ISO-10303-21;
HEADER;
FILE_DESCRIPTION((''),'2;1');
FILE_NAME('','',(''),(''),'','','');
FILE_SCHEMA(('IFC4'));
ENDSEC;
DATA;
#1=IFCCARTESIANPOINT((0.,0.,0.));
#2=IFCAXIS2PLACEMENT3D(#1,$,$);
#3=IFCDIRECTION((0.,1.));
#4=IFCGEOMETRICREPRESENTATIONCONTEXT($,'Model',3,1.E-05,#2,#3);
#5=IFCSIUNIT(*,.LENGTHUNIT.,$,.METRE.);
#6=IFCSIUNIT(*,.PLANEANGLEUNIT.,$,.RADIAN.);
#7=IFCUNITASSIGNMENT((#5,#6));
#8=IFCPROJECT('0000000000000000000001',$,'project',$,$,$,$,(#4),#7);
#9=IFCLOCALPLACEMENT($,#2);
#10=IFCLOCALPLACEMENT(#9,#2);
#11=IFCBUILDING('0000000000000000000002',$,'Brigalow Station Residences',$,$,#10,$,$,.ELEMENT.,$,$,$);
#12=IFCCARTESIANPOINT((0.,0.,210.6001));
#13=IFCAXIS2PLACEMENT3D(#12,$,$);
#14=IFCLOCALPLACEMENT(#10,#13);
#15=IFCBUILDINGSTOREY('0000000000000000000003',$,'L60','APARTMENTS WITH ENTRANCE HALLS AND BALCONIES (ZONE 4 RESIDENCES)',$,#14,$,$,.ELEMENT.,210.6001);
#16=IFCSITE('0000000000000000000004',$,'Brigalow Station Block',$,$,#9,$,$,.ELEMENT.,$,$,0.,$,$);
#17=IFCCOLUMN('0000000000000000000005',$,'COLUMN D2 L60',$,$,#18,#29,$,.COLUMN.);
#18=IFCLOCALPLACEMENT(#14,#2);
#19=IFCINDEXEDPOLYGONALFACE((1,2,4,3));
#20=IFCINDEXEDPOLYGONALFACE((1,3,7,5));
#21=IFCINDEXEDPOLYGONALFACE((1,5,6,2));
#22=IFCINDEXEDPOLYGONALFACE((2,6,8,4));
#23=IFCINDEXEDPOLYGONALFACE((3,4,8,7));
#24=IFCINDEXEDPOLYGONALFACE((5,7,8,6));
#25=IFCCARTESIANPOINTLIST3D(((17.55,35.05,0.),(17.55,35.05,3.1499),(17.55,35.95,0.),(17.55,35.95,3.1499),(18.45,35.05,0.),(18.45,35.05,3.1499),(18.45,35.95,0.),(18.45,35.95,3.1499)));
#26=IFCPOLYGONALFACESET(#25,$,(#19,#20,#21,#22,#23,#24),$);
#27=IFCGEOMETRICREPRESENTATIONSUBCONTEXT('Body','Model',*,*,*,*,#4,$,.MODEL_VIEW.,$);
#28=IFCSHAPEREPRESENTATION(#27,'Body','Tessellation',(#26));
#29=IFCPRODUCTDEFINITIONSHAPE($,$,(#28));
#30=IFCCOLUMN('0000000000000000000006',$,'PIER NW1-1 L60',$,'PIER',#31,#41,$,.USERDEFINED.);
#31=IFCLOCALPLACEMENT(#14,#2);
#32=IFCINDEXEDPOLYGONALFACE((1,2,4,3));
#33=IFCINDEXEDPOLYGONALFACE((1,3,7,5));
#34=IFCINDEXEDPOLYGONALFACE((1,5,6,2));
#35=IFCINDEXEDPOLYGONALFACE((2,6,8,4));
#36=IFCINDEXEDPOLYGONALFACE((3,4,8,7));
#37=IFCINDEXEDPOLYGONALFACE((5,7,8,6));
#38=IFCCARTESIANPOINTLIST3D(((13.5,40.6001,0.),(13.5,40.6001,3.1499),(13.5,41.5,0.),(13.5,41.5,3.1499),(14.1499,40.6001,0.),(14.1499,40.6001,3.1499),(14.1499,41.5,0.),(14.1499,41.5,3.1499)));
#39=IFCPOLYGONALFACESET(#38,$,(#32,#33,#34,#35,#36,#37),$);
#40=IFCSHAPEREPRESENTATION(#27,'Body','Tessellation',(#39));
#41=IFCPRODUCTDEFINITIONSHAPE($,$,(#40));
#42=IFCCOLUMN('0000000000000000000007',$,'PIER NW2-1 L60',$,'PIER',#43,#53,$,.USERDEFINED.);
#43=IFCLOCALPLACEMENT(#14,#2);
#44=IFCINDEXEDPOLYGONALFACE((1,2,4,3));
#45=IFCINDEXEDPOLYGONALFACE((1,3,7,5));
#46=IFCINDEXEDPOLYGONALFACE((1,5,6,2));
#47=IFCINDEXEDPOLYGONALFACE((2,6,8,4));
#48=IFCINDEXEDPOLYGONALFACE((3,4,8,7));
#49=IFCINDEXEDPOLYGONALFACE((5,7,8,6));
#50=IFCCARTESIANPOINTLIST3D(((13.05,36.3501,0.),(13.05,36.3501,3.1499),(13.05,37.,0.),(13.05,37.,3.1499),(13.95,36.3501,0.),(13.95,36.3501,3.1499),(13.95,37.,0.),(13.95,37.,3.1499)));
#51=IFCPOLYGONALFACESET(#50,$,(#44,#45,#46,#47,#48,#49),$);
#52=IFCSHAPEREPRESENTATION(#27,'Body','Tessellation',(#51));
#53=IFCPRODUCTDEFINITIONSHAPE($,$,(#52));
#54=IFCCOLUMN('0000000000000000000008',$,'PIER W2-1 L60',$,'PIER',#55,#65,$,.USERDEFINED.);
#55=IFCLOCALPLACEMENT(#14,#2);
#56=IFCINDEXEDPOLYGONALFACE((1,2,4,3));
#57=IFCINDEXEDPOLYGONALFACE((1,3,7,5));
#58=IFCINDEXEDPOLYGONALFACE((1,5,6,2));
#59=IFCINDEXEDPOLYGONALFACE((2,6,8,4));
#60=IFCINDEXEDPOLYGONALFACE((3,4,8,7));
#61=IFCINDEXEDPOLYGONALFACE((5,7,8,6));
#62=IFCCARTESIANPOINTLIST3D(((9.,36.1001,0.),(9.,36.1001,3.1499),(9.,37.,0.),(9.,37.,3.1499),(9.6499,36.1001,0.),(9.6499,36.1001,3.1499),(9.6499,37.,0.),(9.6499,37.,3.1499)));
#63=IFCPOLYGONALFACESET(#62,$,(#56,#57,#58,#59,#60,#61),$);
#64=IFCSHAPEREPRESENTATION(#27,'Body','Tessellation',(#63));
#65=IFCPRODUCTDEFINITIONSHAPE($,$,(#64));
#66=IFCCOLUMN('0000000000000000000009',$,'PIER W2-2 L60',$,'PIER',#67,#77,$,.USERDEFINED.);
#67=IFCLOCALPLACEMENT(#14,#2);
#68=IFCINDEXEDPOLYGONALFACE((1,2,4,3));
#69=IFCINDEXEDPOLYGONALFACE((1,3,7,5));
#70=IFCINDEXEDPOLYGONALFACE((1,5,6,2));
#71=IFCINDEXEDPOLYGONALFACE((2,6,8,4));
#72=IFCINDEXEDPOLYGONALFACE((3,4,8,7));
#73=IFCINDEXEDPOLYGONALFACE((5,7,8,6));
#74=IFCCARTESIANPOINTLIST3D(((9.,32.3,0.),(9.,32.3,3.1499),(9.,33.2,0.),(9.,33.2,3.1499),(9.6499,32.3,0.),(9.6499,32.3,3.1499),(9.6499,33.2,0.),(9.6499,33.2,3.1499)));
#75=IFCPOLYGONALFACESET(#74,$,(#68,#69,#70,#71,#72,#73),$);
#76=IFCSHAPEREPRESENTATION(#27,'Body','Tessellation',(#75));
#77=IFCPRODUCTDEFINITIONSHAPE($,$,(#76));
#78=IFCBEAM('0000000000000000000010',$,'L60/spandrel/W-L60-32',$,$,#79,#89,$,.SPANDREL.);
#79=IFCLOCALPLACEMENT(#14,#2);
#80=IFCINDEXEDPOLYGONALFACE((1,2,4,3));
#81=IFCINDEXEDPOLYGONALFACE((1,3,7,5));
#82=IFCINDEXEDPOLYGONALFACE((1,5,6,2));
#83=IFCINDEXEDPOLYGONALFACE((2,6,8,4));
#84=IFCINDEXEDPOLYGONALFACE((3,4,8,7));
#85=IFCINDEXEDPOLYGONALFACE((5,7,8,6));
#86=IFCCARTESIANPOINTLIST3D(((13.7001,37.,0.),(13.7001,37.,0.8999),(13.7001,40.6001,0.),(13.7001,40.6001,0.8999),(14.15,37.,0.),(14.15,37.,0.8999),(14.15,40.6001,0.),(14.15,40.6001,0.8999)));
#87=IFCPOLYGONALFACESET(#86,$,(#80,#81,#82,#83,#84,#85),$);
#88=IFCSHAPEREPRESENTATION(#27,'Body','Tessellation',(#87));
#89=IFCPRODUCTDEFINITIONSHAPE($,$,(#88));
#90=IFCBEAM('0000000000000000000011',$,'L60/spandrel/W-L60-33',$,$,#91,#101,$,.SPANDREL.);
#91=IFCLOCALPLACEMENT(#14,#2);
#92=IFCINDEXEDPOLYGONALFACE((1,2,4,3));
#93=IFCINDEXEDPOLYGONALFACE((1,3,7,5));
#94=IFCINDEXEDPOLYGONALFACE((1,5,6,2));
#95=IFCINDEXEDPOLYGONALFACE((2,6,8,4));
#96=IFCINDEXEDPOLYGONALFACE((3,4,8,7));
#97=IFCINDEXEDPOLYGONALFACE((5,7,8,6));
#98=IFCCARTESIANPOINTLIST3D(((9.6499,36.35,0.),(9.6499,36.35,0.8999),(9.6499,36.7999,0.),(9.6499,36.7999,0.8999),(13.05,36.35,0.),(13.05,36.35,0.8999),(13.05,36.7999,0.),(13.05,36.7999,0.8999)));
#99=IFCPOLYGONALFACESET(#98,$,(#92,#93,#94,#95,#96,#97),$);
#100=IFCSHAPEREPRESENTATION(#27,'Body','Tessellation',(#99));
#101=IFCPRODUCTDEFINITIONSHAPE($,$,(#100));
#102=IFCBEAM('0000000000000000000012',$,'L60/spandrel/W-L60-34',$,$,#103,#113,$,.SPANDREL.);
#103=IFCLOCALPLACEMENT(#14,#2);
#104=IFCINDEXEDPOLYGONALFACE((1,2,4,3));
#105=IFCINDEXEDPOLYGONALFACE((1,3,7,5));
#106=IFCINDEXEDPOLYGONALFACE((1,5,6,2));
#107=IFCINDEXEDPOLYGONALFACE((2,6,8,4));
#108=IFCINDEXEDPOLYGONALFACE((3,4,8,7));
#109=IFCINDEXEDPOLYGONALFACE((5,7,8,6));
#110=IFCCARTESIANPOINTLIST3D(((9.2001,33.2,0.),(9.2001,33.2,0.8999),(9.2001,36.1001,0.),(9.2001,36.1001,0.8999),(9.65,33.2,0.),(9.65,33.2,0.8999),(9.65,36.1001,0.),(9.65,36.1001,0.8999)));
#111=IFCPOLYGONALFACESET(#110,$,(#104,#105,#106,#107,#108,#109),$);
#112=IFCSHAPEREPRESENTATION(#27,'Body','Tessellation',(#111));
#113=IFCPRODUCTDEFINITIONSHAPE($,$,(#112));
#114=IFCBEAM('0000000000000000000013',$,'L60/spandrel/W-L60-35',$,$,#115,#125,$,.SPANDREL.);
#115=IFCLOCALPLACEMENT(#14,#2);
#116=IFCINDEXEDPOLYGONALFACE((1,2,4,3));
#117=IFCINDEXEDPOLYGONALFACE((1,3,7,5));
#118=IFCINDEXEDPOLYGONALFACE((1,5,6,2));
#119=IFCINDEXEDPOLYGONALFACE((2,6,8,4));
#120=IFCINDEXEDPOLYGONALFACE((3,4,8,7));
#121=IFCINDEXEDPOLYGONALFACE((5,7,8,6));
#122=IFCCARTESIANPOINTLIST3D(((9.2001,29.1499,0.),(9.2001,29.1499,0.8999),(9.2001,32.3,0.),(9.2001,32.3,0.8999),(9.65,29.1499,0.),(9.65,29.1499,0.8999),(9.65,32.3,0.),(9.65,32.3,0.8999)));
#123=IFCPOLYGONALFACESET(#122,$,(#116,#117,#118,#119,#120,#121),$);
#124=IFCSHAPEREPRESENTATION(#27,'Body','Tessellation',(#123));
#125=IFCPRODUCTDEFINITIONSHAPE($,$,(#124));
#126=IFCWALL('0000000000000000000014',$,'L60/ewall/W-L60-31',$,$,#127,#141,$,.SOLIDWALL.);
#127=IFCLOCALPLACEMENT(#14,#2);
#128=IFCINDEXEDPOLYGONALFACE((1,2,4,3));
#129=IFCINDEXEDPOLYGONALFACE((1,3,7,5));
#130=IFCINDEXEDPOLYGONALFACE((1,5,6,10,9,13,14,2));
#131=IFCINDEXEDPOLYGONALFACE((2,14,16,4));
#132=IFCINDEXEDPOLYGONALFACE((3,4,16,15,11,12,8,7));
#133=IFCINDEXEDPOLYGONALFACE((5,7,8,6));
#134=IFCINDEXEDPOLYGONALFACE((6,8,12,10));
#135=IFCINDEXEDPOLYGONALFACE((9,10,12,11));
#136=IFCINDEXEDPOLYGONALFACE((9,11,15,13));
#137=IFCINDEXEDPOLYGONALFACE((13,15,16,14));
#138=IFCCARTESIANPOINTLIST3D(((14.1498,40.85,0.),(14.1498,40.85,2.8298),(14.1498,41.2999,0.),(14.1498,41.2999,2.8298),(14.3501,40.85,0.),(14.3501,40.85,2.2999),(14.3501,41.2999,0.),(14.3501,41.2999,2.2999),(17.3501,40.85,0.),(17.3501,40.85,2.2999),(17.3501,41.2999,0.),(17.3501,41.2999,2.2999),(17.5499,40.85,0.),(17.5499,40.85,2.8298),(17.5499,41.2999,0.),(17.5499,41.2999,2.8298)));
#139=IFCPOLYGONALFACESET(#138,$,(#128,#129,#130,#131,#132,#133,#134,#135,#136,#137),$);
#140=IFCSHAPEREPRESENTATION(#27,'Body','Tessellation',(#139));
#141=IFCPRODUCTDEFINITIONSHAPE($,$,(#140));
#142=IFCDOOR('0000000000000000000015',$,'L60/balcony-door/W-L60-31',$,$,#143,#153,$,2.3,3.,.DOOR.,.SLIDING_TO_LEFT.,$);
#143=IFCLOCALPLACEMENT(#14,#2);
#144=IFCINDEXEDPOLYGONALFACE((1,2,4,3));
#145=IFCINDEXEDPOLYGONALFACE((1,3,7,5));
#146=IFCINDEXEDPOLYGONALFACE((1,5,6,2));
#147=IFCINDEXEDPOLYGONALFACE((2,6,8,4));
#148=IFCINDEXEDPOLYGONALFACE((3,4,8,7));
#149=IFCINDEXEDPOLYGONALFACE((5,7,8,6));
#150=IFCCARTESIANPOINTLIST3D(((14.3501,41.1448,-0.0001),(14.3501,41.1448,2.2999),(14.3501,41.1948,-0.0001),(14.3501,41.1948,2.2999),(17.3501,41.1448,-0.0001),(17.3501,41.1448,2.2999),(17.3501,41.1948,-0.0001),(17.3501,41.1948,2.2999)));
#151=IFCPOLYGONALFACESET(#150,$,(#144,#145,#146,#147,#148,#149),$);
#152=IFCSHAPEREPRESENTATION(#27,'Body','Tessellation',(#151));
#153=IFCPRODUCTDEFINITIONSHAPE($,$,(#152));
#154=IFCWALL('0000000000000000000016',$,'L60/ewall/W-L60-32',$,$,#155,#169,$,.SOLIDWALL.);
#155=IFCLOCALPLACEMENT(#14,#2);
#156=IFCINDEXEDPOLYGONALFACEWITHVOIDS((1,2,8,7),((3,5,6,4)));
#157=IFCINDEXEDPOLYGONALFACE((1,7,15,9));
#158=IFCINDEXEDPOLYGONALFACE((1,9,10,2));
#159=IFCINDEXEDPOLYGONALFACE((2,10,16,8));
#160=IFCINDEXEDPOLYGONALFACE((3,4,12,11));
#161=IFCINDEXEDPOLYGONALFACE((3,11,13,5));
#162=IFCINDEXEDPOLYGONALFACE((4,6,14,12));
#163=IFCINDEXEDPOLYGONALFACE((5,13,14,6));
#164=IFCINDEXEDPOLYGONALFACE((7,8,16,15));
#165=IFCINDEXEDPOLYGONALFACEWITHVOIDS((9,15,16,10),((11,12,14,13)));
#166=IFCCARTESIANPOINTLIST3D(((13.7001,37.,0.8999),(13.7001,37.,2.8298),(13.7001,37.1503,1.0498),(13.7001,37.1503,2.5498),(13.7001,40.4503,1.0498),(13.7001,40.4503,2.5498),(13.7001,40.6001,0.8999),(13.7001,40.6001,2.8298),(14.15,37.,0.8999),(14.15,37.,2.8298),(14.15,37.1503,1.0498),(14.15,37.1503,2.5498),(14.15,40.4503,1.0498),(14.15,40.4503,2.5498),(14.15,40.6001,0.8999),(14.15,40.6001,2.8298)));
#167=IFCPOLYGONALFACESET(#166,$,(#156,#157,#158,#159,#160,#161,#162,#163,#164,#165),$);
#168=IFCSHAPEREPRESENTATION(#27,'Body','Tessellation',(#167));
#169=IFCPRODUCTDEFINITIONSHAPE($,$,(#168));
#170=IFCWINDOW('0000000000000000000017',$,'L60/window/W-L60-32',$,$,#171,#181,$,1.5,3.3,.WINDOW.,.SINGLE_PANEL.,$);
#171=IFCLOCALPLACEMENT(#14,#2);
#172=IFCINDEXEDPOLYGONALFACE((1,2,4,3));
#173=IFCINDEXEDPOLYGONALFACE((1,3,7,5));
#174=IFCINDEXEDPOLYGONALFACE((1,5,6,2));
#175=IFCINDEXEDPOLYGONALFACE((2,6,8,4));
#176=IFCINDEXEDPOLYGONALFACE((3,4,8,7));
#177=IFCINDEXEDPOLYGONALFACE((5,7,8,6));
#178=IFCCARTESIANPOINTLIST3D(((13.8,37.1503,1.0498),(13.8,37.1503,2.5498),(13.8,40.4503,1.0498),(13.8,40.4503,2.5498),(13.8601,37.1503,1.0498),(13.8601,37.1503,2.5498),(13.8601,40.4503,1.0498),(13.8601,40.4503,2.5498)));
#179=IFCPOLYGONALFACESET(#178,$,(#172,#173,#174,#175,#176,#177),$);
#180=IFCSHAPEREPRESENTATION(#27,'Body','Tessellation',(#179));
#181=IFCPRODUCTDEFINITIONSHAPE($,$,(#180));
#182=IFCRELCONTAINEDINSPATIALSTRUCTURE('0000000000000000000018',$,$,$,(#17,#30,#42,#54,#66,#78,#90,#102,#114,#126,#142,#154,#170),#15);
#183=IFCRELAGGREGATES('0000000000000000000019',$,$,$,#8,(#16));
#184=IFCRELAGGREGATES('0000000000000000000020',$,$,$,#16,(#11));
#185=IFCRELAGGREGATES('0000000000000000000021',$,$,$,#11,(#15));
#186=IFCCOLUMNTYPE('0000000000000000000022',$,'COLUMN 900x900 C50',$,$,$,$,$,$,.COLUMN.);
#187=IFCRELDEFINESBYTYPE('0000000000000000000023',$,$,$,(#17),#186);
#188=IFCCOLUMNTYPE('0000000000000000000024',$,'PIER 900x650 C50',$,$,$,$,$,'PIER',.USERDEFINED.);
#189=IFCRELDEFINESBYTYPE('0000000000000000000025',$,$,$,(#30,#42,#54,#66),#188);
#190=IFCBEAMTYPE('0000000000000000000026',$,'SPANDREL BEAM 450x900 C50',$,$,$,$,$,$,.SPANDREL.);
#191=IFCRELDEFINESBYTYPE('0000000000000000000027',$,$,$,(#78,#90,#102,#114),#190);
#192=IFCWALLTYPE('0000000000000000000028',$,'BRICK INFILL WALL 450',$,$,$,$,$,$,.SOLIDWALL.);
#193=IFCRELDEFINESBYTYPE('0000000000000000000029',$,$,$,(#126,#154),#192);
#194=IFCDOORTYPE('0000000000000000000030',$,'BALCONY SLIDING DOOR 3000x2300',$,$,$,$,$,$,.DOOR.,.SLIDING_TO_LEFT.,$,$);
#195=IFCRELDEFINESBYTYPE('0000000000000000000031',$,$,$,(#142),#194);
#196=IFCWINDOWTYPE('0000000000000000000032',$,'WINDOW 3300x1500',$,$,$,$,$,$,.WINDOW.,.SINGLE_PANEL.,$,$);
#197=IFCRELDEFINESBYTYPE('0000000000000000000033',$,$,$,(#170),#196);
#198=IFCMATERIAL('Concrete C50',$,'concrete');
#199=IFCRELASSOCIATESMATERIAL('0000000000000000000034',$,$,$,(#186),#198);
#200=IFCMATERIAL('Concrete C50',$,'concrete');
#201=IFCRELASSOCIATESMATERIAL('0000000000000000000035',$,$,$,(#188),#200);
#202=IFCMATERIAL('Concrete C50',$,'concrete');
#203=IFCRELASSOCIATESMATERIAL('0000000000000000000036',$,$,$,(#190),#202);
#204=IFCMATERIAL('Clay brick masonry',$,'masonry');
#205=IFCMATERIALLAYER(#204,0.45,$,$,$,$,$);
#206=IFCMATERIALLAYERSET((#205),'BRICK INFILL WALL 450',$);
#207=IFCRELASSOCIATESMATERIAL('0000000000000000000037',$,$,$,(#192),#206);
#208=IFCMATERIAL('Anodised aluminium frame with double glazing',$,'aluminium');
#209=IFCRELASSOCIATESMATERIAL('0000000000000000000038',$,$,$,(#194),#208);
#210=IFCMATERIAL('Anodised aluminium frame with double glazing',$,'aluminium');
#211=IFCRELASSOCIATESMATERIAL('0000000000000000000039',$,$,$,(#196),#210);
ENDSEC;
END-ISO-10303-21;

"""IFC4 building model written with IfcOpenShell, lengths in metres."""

from ifc_helpers import new_model, si_unit, direction, frame, frame_2d, origin, origin_2d, place, context, subcontext, project, spatial, rectangle, extrude, material, layer, layer_set, material_profile, profile_set, type_object, element, fill, save


model = new_model("IFC4")

# Units and contexts
model_context = context("Model", 3, precision=1e-05, world=origin(), true_north=direction((0.0, 1.0)))
body_context = subcontext(model_context, "Body", "Model", "MODEL_VIEW")
ifc_project = project(units=[si_unit("LENGTHUNIT", "METRE"), si_unit("PLANEANGLEUNIT", "RADIAN")], contexts=[model_context])

# Site, building, storey
site_placement = place(None, origin())
site = spatial("IfcSite", under=ifc_project, at=site_placement, Name="Brigalow Station Block", CompositionType="ELEMENT", RefElevation=0.0)
building_placement = place(site_placement, origin())
building = spatial("IfcBuilding", under=site, at=building_placement, Name="Brigalow Station Residences", CompositionType="ELEMENT")
storey_placement = place(building_placement, frame((0.0, 0.0, 210.6001)))
storey = spatial("IfcBuildingStorey", under=building, at=storey_placement, Name="L60", Description="APARTMENTS WITH ENTRANCE HALLS AND BALCONIES (ZONE 4 RESIDENCES)", CompositionType="ELEMENT", Elevation=210.6001)

# Columns
ifc_material_1 = material(Name="Concrete C50", Category="concrete")
ifc_material_profile_1 = material_profile(ifc_material_1, rectangle(XDim=0.8999, YDim=0.8999, at=origin_2d()), Name="RC900x900")
ifc_profile_set_1 = profile_set([ifc_material_profile_1], Name="Concrete C50")
column_type_1 = type_object("IfcColumnType", Name="COLUMN 900x900 C50", PredefinedType="COLUMN", material=ifc_profile_set_1)
column_placement = place(storey_placement, frame((18.0, 35.5, 0.0), z_axis=(0.0, 0.0, 1.0), x_axis=(1.0, 0.0, 0.0)))
element("IfcColumn", 1, at=column_placement, inside=storey, type_object=column_type_1, Name="COLUMN D2 L60", PredefinedType="COLUMN", context=body_context, shape_type="SweptSolid", body=[
    extrude(rectangle(XDim=0.8999, YDim=0.8999, at=origin_2d()), origin(), (0.0, 0.0, 1.0), 3.1499),
])
ifc_material_2 = material(Name="Concrete C50", Category="concrete")
ifc_material_profile_2 = material_profile(ifc_material_2, rectangle(XDim=0.8999, YDim=0.6499, at=origin_2d()), Name="RC900x650")
ifc_profile_set_2 = profile_set([ifc_material_profile_2], Name="Concrete C50")
column_type_2 = type_object("IfcColumnType", Name="PIER 900x650 C50", ElementType="PIER", PredefinedType="USERDEFINED", material=ifc_profile_set_2)
for number, where, z_axis, x_axis, name in (
    (2, (13.825, 41.05, 0.0), (0.0, 0.0, 1.0), (0.0, -1.0, 0.0), "PIER NW1-1 L60"),
    (3, (13.5, 36.675, 0.0), (0.0, 0.0, 1.0), (-1.0, 0.0, 0.0), "PIER NW2-1 L60"),
    (4, (9.325, 36.55, 0.0), (0.0, 0.0, 1.0), (0.0, -1.0, 0.0), "PIER W2-1 L60"),
    (5, (9.325, 32.75, 0.0), (0.0, 0.0, 1.0), (0.0, -1.0, 0.0), "PIER W2-2 L60"),
):
    element("IfcColumn", number, at=place(storey_placement, frame(where, z_axis=z_axis, x_axis=x_axis)), inside=storey, type_object=column_type_2, Name=name, ObjectType="PIER", PredefinedType="USERDEFINED", context=body_context, shape_type="SweptSolid", body=[
        extrude(rectangle(XDim=0.8999, YDim=0.6499, at=origin_2d()), origin(), (0.0, 0.0, 1.0), 3.1499),
    ])

# Beams
ifc_material_3 = material(Name="Concrete C50", Category="concrete")
ifc_material_profile_3 = material_profile(ifc_material_3, rectangle(XDim=0.45, YDim=0.8999, at=origin_2d()), Name="RC450x900")
ifc_profile_set_3 = profile_set([ifc_material_profile_3], Name="Concrete C50")
beam_type = type_object("IfcBeamType", Name="SPANDREL BEAM 450x900 C50", PredefinedType="SPANDREL", material=ifc_profile_set_3)
beam_1_placement = place(storey_placement, frame((13.925, 40.6001, 0.45), z_axis=(0.0, -1.0, 0.0), x_axis=(1.0, 0.0, 0.0)))
element("IfcBeam", 6, at=beam_1_placement, inside=storey, type_object=beam_type, Name="L60/spandrel/W-L60-32", PredefinedType="SPANDREL", context=body_context, shape_type="SweptSolid", body=[
    extrude(rectangle(XDim=0.45, YDim=0.8999, at=origin_2d()), origin(), (0.0, 0.0, 1.0), 3.6001),
])
beam_2_placement = place(storey_placement, frame((13.05, 36.575, 0.45), z_axis=(-1.0, 0.0, 0.0), x_axis=(0.0, -1.0, 0.0)))
element("IfcBeam", 7, at=beam_2_placement, inside=storey, type_object=beam_type, Name="L60/spandrel/W-L60-33", PredefinedType="SPANDREL", context=body_context, shape_type="SweptSolid", body=[
    extrude(rectangle(XDim=0.45, YDim=0.8999, at=origin_2d()), origin(), (0.0, 0.0, 1.0), 3.4001),
])
beam_3_placement = place(storey_placement, frame((9.425, 36.1001, 0.45), z_axis=(0.0, -1.0, 0.0), x_axis=(1.0, 0.0, 0.0)))
element("IfcBeam", 8, at=beam_3_placement, inside=storey, type_object=beam_type, Name="L60/spandrel/W-L60-34", PredefinedType="SPANDREL", context=body_context, shape_type="SweptSolid", body=[
    extrude(rectangle(XDim=0.45, YDim=0.8999, at=origin_2d()), origin(), (0.0, 0.0, 1.0), 2.9001),
])
beam_4_placement = place(storey_placement, frame((9.425, 32.3, 0.45), z_axis=(0.0, -1.0, 0.0), x_axis=(1.0, 0.0, 0.0)))
element("IfcBeam", 9, at=beam_4_placement, inside=storey, type_object=beam_type, Name="L60/spandrel/W-L60-35", PredefinedType="SPANDREL", context=body_context, shape_type="SweptSolid", body=[
    extrude(rectangle(XDim=0.45, YDim=0.8999, at=origin_2d()), origin(), (0.0, 0.0, 1.0), 3.1501),
])

# Wall, opening, door
ifc_material_4 = material(Name="Clay brick masonry", Category="masonry")
ifc_layer_1 = layer(ifc_material_4, 0.45)
ifc_layer_set_1 = layer_set([ifc_layer_1], Name="BRICK INFILL WALL 450")
wall_type_1 = type_object("IfcWallType", Name="BRICK INFILL WALL 450", PredefinedType="SOLIDWALL", material=ifc_layer_set_1)
wall_1_placement = place(storey_placement, frame((17.55, 41.075, 0.0), z_axis=(0.0, 0.0, 1.0), x_axis=(-1.0, 0.0, 0.0)))
wall_1 = element("IfcWall", 10, at=wall_1_placement, inside=storey, type_object=wall_type_1, Name="L60/ewall/W-L60-31", PredefinedType="SOLIDWALL", context=body_context, shape_type="SweptSolid", body=[
    extrude(rectangle(XDim=3.4001, YDim=0.45, at=frame_2d((1.7002, 0.0))), origin(), (0.0, 0.0, 1.0), 2.8298),
])
opening_1_placement = place(wall_1_placement, frame((0.2, 0.0, 0.0)))
opening_1 = element("IfcOpeningElement", 11, at=opening_1_placement, cuts=wall_1, PredefinedType="OPENING", context=body_context, shape_type="SweptSolid", body=[
    extrude(rectangle(XDim=3.0, YDim=2.3, at=frame_2d((1.5, 1.1499))), frame((0.0, 0.2349, 0.0), z_axis=(0.0, -1.0, 0.0), x_axis=(1.0, 0.0, 0.0)), (0.0, 0.0, 1.0), 0.47),
])
ifc_material_5 = material(Name="Anodised aluminium frame with double glazing", Category="aluminium")
door_type_1 = type_object("IfcDoorType", Name="BALCONY SLIDING DOOR 3000x2300", OperationType="SLIDING_TO_LEFT", PredefinedType="DOOR", material=ifc_material_5)
door_1_placement = place(opening_1_placement, origin())
door_1 = element("IfcDoor", 12, at=door_1_placement, inside=storey, type_object=door_type_1, Name="L60/balcony-door/W-L60-31", OperationType="SLIDING_TO_LEFT", OverallHeight=2.3, OverallWidth=3.0, PredefinedType="DOOR", context=body_context, shape_type="SweptSolid", body=[
    extrude(rectangle(XDim=3.0, YDim=2.3, at=frame_2d((1.5, 1.1499))), frame((0.0, -0.0698, 0.0), z_axis=(0.0, -1.0, 0.0), x_axis=(1.0, 0.0, 0.0)), (0.0, 0.0, 1.0), 0.05),
])
fill(opening_1, door_1)

# Wall, opening, window
wall_2_placement = place(storey_placement, frame((13.925, 40.6001, 0.8999), z_axis=(0.0, 0.0, 1.0), x_axis=(0.0, -1.0, 0.0)))
wall_2 = element("IfcWall", 13, at=wall_2_placement, inside=storey, type_object=wall_type_1, Name="L60/ewall/W-L60-32", PredefinedType="SOLIDWALL", context=body_context, shape_type="SweptSolid", body=[
    extrude(rectangle(XDim=3.6001, YDim=0.45, at=frame_2d((1.8, 0.0))), origin(), (0.0, 0.0, 1.0), 1.9299),
])
opening_2_placement = place(wall_2_placement, frame((0.1499, 0.0, 0.1499)))
opening_2 = element("IfcOpeningElement", 14, at=opening_2_placement, cuts=wall_2, PredefinedType="OPENING", context=body_context, shape_type="SweptSolid", body=[
    extrude(rectangle(XDim=3.3, YDim=1.5, at=frame_2d((1.6499, 0.75))), frame((0.0, 0.2349, 0.0), z_axis=(0.0, -1.0, 0.0), x_axis=(1.0, 0.0, 0.0)), (0.0, 0.0, 1.0), 0.47),
])
ifc_material_6 = material(Name="Anodised aluminium frame with double glazing", Category="aluminium")
window_type_1 = type_object("IfcWindowType", Name="WINDOW 3300x1500", PartitioningType="SINGLE_PANEL", PredefinedType="WINDOW", material=ifc_material_6)
window_1_placement = place(opening_2_placement, origin())
window_1 = element("IfcWindow", 15, at=window_1_placement, inside=storey, type_object=window_type_1, Name="L60/window/W-L60-32", OverallHeight=1.5, OverallWidth=3.3, PartitioningType="SINGLE_PANEL", PredefinedType="WINDOW", context=body_context, shape_type="SweptSolid", body=[
    extrude(rectangle(XDim=3.3, YDim=1.5, at=frame_2d((1.6499, 0.75))), frame((0.0, -0.0649, 0.0), z_axis=(0.0, -1.0, 0.0), x_axis=(1.0, 0.0, 0.0)), (0.0, 0.0, 1.0), 0.0601),
])
fill(opening_2, window_1)

save(model, "model.ifc")
